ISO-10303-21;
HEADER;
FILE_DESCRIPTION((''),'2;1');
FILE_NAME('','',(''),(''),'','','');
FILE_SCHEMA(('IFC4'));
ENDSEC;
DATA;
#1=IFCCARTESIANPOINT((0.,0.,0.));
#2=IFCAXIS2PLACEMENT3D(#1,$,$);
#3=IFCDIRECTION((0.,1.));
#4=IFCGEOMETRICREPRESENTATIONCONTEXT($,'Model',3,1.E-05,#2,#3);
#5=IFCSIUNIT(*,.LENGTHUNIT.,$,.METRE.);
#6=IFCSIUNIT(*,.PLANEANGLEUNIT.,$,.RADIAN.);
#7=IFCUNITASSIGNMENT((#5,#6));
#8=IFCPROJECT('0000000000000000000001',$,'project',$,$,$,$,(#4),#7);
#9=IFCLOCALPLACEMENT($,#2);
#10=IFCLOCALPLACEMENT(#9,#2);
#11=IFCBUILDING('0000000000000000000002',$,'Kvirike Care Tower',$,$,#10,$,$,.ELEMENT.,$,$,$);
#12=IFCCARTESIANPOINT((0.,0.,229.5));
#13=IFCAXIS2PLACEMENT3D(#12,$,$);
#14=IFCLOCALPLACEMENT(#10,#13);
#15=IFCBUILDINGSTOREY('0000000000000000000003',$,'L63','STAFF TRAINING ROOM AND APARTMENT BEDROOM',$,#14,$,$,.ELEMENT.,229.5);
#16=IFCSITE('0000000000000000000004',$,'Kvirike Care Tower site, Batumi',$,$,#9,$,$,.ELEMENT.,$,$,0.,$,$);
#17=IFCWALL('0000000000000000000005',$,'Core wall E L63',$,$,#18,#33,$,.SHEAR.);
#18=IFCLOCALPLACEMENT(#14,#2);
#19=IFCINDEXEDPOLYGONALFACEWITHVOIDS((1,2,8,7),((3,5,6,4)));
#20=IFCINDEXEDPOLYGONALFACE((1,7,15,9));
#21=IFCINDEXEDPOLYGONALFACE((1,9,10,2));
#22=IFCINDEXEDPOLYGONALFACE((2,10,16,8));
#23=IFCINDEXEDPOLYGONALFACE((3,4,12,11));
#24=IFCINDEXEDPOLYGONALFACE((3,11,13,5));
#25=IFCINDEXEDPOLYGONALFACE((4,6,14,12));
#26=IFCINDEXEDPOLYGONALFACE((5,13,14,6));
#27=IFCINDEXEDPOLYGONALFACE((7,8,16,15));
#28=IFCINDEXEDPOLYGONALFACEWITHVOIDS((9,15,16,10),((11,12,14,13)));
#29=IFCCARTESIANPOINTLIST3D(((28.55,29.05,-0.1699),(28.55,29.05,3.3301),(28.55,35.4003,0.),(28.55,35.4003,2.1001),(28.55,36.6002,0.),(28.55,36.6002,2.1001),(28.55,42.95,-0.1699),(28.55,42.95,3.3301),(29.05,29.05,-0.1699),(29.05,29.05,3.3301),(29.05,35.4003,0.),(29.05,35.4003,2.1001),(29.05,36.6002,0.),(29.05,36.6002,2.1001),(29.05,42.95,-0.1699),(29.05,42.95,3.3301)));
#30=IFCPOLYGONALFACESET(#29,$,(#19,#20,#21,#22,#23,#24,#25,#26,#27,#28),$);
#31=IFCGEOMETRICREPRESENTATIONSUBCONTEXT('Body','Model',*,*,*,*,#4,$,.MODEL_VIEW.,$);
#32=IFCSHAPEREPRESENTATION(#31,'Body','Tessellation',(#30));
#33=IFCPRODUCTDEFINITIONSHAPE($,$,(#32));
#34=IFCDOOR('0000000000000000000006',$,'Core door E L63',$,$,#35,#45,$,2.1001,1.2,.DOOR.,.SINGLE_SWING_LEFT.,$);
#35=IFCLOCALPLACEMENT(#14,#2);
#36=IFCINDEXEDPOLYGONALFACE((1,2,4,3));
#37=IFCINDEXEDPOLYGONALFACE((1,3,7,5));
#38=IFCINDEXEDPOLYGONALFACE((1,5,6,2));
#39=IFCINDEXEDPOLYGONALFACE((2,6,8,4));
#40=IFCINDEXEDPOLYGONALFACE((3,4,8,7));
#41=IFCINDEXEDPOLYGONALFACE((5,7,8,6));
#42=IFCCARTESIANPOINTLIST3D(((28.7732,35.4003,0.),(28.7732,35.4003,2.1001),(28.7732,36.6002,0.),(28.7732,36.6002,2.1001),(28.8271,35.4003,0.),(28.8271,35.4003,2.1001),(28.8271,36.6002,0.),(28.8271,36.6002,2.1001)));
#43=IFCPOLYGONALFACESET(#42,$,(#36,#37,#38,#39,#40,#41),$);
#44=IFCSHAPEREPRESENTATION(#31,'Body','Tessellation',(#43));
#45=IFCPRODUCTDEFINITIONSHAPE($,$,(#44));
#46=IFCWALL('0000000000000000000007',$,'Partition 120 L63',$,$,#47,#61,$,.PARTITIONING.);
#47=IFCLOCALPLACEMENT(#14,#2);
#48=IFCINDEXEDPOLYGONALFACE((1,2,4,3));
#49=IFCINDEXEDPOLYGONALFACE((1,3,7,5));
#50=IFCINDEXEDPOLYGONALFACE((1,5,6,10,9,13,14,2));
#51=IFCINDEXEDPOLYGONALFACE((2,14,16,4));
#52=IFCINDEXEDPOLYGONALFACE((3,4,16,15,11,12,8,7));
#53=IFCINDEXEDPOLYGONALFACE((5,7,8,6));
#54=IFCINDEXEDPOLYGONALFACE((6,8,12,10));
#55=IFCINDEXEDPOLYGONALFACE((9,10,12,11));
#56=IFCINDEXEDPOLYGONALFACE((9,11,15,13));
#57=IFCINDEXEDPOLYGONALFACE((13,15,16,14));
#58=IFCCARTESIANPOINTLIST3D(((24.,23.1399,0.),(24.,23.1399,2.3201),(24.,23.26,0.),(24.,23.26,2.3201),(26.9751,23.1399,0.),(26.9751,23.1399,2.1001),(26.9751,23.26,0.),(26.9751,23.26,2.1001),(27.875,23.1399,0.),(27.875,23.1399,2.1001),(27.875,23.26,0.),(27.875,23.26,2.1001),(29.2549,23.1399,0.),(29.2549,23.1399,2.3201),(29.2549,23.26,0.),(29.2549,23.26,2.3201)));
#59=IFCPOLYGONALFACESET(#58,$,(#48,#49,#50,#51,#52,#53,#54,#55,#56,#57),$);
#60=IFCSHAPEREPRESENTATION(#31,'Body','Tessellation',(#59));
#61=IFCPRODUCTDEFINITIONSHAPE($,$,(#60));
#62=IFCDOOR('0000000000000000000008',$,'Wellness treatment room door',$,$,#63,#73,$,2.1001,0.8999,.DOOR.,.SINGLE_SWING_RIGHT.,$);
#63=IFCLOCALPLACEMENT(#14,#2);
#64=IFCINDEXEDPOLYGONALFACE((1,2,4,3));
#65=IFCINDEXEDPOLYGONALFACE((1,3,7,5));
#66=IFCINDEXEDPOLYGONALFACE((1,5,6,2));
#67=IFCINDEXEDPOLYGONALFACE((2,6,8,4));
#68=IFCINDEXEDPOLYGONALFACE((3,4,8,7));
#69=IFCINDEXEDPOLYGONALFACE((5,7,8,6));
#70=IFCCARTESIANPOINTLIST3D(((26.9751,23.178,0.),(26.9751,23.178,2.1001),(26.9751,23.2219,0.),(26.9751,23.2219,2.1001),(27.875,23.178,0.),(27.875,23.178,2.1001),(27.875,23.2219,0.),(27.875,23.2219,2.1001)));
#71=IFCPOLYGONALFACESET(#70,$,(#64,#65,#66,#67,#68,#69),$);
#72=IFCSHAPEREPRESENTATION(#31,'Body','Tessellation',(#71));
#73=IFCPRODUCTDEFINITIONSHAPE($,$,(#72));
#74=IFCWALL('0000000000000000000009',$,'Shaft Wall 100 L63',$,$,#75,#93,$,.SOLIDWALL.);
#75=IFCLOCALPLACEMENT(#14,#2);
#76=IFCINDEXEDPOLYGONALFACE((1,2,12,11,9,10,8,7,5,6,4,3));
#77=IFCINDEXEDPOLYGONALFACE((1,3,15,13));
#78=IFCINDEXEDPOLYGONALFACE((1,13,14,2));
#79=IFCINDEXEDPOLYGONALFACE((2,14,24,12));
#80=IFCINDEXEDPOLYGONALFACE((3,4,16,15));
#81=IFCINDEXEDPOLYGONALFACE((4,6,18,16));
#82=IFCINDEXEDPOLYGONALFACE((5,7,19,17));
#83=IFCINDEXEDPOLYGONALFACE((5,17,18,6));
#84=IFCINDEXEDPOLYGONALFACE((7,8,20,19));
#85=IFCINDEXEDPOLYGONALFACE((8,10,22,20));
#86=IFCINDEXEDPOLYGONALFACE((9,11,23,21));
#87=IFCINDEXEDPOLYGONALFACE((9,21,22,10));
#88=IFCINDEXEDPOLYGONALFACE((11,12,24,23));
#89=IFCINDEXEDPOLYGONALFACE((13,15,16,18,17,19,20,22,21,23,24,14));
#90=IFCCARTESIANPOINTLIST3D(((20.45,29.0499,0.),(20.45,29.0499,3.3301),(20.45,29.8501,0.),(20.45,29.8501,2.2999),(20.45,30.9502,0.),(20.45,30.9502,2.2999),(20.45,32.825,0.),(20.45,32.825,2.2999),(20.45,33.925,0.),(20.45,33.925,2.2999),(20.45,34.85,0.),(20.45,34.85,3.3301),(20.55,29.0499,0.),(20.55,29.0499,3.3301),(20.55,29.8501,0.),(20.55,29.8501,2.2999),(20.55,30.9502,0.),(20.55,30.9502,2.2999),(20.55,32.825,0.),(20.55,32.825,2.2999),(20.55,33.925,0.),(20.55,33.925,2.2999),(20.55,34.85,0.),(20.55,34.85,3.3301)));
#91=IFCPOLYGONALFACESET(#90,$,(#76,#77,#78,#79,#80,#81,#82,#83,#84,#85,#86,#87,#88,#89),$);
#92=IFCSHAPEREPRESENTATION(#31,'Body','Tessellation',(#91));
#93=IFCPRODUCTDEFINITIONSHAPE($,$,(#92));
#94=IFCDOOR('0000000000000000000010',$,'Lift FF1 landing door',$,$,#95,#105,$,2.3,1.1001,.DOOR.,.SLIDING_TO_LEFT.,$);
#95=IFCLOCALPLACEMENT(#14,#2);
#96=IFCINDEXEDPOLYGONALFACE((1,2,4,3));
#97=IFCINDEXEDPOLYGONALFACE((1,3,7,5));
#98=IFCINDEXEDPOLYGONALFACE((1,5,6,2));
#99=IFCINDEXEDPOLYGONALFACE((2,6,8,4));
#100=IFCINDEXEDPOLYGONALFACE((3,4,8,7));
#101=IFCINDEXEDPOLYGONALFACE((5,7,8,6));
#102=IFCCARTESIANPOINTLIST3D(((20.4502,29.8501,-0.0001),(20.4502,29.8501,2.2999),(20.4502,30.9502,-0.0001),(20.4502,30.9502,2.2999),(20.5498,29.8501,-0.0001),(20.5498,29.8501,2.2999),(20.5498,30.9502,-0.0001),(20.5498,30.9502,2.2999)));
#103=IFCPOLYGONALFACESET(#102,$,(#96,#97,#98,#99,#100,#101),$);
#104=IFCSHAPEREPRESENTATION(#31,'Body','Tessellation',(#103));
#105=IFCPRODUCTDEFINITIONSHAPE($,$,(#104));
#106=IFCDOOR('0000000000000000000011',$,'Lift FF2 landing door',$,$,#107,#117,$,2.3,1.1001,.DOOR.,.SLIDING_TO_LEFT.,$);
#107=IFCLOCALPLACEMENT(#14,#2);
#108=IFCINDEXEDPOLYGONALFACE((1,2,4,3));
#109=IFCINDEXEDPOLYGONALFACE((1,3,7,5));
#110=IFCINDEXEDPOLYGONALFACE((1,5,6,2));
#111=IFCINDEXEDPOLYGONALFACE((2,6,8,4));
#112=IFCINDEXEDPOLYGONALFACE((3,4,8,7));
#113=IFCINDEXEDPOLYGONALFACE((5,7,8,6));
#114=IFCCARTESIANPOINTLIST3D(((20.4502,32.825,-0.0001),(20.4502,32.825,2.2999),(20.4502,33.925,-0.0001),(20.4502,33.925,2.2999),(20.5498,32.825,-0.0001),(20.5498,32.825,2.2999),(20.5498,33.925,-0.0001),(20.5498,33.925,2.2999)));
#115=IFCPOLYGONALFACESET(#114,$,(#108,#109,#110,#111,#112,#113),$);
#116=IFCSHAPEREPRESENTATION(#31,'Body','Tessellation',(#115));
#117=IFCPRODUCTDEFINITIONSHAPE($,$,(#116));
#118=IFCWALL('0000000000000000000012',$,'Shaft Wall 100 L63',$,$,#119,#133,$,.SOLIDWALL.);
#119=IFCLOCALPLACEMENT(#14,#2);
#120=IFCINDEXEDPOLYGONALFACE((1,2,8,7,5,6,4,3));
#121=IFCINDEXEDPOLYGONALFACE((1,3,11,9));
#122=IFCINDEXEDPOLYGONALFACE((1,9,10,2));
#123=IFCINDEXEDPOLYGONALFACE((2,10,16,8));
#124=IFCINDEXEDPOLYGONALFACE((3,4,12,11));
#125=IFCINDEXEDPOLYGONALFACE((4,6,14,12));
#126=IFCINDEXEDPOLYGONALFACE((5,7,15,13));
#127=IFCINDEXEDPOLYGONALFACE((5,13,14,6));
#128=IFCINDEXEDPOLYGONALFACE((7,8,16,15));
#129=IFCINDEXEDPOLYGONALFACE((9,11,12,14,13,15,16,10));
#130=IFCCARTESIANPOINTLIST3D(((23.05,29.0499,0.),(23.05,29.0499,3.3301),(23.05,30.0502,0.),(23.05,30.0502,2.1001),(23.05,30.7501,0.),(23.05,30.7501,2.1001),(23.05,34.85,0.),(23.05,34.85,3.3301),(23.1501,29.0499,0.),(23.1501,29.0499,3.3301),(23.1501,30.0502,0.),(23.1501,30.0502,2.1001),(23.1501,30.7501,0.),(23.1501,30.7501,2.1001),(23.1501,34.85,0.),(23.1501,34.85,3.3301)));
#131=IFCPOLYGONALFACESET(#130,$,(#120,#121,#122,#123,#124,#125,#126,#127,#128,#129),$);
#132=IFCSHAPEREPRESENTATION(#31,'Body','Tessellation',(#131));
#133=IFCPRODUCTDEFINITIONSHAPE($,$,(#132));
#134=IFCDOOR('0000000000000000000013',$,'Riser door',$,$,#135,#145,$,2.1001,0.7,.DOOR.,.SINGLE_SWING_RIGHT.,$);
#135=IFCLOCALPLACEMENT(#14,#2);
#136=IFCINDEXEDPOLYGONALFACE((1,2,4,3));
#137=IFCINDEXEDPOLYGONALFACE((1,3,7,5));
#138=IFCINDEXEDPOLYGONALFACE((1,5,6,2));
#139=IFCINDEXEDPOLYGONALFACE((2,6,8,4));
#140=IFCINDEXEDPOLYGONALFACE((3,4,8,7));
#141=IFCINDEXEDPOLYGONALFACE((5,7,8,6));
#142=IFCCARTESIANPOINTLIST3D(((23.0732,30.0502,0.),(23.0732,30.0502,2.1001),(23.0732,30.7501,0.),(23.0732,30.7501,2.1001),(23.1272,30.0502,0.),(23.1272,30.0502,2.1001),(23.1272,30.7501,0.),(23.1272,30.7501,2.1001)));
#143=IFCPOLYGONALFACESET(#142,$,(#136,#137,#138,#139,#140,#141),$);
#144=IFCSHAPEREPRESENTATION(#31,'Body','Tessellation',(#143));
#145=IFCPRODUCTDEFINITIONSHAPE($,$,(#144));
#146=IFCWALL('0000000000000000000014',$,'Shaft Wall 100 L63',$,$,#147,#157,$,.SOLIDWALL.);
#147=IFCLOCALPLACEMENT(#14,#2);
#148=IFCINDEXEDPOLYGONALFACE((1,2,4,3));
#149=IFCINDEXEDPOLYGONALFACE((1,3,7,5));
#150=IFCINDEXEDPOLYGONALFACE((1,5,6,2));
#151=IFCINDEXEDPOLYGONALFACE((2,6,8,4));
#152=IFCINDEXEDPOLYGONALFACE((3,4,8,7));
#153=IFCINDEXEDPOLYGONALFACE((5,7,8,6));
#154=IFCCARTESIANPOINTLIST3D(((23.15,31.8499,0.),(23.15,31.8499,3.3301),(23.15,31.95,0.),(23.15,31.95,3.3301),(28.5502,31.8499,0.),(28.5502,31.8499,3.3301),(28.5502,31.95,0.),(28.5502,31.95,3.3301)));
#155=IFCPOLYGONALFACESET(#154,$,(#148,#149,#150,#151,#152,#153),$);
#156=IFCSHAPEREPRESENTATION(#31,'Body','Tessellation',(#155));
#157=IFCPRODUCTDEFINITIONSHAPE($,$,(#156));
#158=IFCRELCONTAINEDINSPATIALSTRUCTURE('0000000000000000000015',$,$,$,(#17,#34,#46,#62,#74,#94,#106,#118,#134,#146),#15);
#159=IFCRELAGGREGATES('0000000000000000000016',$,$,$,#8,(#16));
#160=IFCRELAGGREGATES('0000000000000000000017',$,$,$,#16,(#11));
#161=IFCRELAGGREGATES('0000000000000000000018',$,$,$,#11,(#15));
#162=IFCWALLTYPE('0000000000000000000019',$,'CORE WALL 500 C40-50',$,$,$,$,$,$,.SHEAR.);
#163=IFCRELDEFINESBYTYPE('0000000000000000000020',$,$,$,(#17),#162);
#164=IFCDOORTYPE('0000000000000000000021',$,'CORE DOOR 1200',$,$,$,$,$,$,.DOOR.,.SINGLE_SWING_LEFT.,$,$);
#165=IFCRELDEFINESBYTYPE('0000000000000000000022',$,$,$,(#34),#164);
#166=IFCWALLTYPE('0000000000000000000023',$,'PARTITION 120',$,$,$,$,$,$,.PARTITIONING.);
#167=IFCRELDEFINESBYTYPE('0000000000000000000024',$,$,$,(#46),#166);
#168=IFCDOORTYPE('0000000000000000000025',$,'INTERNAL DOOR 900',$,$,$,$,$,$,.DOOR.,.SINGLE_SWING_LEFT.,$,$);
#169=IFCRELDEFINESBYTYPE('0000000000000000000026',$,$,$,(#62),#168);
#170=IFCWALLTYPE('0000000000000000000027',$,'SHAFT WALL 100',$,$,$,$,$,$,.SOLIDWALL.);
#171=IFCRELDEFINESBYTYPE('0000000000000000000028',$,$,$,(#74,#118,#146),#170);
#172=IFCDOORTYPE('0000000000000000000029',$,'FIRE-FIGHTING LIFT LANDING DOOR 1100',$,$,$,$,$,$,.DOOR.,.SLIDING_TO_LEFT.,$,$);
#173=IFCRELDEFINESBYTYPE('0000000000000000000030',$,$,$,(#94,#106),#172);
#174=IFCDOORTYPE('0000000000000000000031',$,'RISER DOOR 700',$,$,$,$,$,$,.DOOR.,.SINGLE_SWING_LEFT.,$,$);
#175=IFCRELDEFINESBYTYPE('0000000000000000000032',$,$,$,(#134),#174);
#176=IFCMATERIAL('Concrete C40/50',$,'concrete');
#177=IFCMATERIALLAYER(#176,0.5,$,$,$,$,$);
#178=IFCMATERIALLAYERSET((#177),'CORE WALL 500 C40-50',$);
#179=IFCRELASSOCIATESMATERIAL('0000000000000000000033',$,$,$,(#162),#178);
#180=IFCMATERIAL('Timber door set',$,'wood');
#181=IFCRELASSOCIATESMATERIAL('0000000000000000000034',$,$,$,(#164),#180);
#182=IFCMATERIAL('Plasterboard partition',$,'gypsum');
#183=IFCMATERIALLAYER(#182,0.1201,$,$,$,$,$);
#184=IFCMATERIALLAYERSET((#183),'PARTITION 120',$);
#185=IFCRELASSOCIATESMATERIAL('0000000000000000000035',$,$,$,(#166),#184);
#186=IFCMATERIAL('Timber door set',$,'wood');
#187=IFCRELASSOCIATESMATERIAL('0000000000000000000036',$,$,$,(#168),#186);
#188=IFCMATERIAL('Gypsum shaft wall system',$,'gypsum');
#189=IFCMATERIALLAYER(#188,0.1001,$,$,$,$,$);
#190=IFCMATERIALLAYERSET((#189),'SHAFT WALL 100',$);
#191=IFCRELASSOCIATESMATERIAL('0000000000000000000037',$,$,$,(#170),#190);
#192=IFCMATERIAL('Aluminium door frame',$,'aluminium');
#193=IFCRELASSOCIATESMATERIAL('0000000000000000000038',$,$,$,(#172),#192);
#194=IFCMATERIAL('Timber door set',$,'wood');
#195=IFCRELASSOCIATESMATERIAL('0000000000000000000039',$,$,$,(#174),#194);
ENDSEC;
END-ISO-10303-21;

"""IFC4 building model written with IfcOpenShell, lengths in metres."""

from ifc_helpers import new_model, si_unit, direction, frame, frame_2d, origin, place, context, subcontext, project, spatial, rectangle, extrude, material, layer, layer_set, type_object, element, fill, save


model = new_model("IFC4")

# Units and contexts
model_context = context("Model", 3, precision=1e-05, world=origin(), true_north=direction((0.0, 1.0)))
body_context = subcontext(model_context, "Body", "Model", "MODEL_VIEW")
ifc_project = project(units=[si_unit("LENGTHUNIT", "METRE"), si_unit("PLANEANGLEUNIT", "RADIAN")], contexts=[model_context])

# Site, building, storey
site_placement = place(None, origin())
site = spatial("IfcSite", under=ifc_project, at=site_placement, Name="Kvirike Care Tower site, Batumi", CompositionType="ELEMENT", RefElevation=0.0)
building_placement = place(site_placement, origin())
building = spatial("IfcBuilding", under=site, at=building_placement, Name="Kvirike Care Tower", CompositionType="ELEMENT")
storey_placement = place(building_placement, frame((0.0, 0.0, 229.5)))
storey = spatial("IfcBuildingStorey", under=building, at=storey_placement, Name="L63", Description="STAFF TRAINING ROOM AND APARTMENT BEDROOM", CompositionType="ELEMENT", Elevation=229.5)

# Walls, openings, doors
ifc_material_1 = material(Name="Concrete C40/50", Category="concrete")
ifc_layer_1 = layer(ifc_material_1, 0.5)
ifc_layer_set_1 = layer_set([ifc_layer_1], Name="CORE WALL 500 C40-50")
wall_type_1 = type_object("IfcWallType", Name="CORE WALL 500 C40-50", PredefinedType="SHEAR", material=ifc_layer_set_1)
wall_1_placement = place(storey_placement, frame((28.8, 29.05, -0.1699), z_axis=(0.0, 0.0, 1.0), x_axis=(0.0, 1.0, 0.0)))
wall_1 = element("IfcWall", 1, at=wall_1_placement, inside=storey, type_object=wall_type_1, Name="Core wall E L63", PredefinedType="SHEAR", context=body_context, shape_type="SweptSolid", body=[
    extrude(rectangle(XDim=13.8999, YDim=0.5, at=frame_2d((6.95, 0.0))), origin(), (0.0, 0.0, 1.0), 3.5),
])
opening_1_placement = place(wall_1_placement, frame((6.3501, 0.0, 0.1699)))
opening_1 = element("IfcOpeningElement", 2, at=opening_1_placement, cuts=wall_1, PredefinedType="OPENING", context=body_context, shape_type="SweptSolid", body=[
    extrude(rectangle(XDim=1.2, YDim=2.1001, at=frame_2d((0.6001, 1.05))), frame((0.0, 0.2605, 0.0), z_axis=(0.0, -1.0, 0.0), x_axis=(1.0, 0.0, 0.0)), (0.0, 0.0, 1.0), 0.521),
])
ifc_material_2 = material(Name="Timber door set", Category="wood")
door_type_1 = type_object("IfcDoorType", Name="CORE DOOR 1200", OperationType="SINGLE_SWING_LEFT", PredefinedType="DOOR", material=ifc_material_2)
door_1_placement = place(opening_1_placement, origin())
door_1 = element("IfcDoor", 3, at=door_1_placement, inside=storey, type_object=door_type_1, Name="Core door E L63", OperationType="SINGLE_SWING_LEFT", OverallHeight=2.1001, OverallWidth=1.2, PredefinedType="DOOR", context=body_context, shape_type="SweptSolid", body=[
    extrude(rectangle(XDim=1.2, YDim=2.1001, at=frame_2d((0.6001, 1.05))), frame((0.0, 0.0269, 0.0), z_axis=(0.0, -1.0, 0.0), x_axis=(1.0, 0.0, 0.0)), (0.0, 0.0, 1.0), 0.054),
])
fill(opening_1, door_1)
ifc_material_3 = material(Name="Plasterboard partition", Category="gypsum")
ifc_layer_2 = layer(ifc_material_3, 0.1201)
ifc_layer_set_2 = layer_set([ifc_layer_2], Name="PARTITION 120")
wall_type_2 = type_object("IfcWallType", Name="PARTITION 120", PredefinedType="PARTITIONING", material=ifc_layer_set_2)
wall_2_placement = place(storey_placement, frame((24.0, 23.2, 0.0), z_axis=(0.0, 0.0, 1.0), x_axis=(1.0, 0.0, 0.0)))
wall_2 = element("IfcWall", 4, at=wall_2_placement, inside=storey, type_object=wall_type_2, Name="Partition 120 L63", PredefinedType="PARTITIONING", context=body_context, shape_type="SweptSolid", body=[
    extrude(rectangle(XDim=5.2549, YDim=0.1201, at=frame_2d((2.6274, 0.0))), origin(), (0.0, 0.0, 1.0), 2.3201),
])
opening_2_placement = place(wall_2_placement, frame((2.9751, 0.0, 0.0)))
opening_2 = element("IfcOpeningElement", 5, at=opening_2_placement, cuts=wall_2, PredefinedType="OPENING", context=body_context, shape_type="SweptSolid", body=[
    extrude(rectangle(XDim=0.8999, YDim=2.1001, at=frame_2d((0.45, 1.05))), frame((0.0, 0.0706, 0.0), z_axis=(0.0, -1.0, 0.0), x_axis=(1.0, 0.0, 0.0)), (0.0, 0.0, 1.0), 0.1411),
])
ifc_material_4 = material(Name="Timber door set", Category="wood")
door_type_2 = type_object("IfcDoorType", Name="INTERNAL DOOR 900", OperationType="SINGLE_SWING_LEFT", PredefinedType="DOOR", material=ifc_material_4)
door_2_placement = place(opening_2_placement, origin())
door_2 = element("IfcDoor", 6, at=door_2_placement, inside=storey, type_object=door_type_2, Name="Wellness treatment room door", OperationType="SINGLE_SWING_RIGHT", OverallHeight=2.1001, OverallWidth=0.8999, PredefinedType="DOOR", context=body_context, shape_type="SweptSolid", body=[
    extrude(rectangle(XDim=0.8999, YDim=2.1001, at=frame_2d((0.45, 1.05))), frame((0.0, 0.022, 0.0), z_axis=(0.0, -1.0, 0.0), x_axis=(1.0, 0.0, 0.0)), (0.0, 0.0, 1.0), 0.0439),
])
fill(opening_2, door_2)

# Wall, openings, doors
ifc_material_5 = material(Name="Gypsum shaft wall system", Category="gypsum")
ifc_layer_3 = layer(ifc_material_5, 0.1001)
ifc_layer_set_3 = layer_set([ifc_layer_3], Name="SHAFT WALL 100")
wall_type_3 = type_object("IfcWallType", Name="SHAFT WALL 100", PredefinedType="SOLIDWALL", material=ifc_layer_set_3)
wall_3_placement = place(storey_placement, frame((20.5, 29.05, 0.0), z_axis=(0.0, 0.0, 1.0), x_axis=(0.0, 1.0, 0.0)))
wall_3 = element("IfcWall", 7, at=wall_3_placement, inside=storey, type_object=wall_type_3, Name="Shaft Wall 100 L63", PredefinedType="SOLIDWALL", context=body_context, shape_type="SweptSolid", body=[
    extrude(rectangle(XDim=5.8, YDim=0.1001, at=frame_2d((2.8999, 0.0))), origin(), (0.0, 0.0, 1.0), 3.3301),
])
opening_3_placement = place(wall_3_placement, frame((0.8, 0.0, 0.0)))
opening_3 = element("IfcOpeningElement", 8, at=opening_3_placement, cuts=wall_3, PredefinedType="OPENING", context=body_context, shape_type="SweptSolid", body=[
    extrude(rectangle(XDim=1.1001, YDim=2.3, at=frame_2d((0.55, 1.1499))), frame((0.0, 0.0605, 0.0), z_axis=(0.0, -1.0, 0.0), x_axis=(1.0, 0.0, 0.0)), (0.0, 0.0, 1.0), 0.1211),
])
opening_4_placement = place(wall_3_placement, frame((3.7749, 0.0, 0.0)))
opening_4 = element("IfcOpeningElement", 9, at=opening_4_placement, cuts=wall_3, PredefinedType="OPENING", context=body_context, shape_type="SweptSolid", body=[
    extrude(rectangle(XDim=1.1001, YDim=2.3, at=frame_2d((0.55, 1.1499))), frame((0.0, 0.0605, 0.0), z_axis=(0.0, -1.0, 0.0), x_axis=(1.0, 0.0, 0.0)), (0.0, 0.0, 1.0), 0.1211),
])
ifc_material_6 = material(Name="Aluminium door frame", Category="aluminium")
door_type_3 = type_object("IfcDoorType", Name="FIRE-FIGHTING LIFT LANDING DOOR 1100", OperationType="SLIDING_TO_LEFT", PredefinedType="DOOR", material=ifc_material_6)
door_3_placement = place(opening_3_placement, origin())
door_3 = element("IfcDoor", 10, at=door_3_placement, inside=storey, type_object=door_type_3, Name="Lift FF1 landing door", OperationType="SLIDING_TO_LEFT", OverallHeight=2.3, OverallWidth=1.1001, PredefinedType="DOOR", context=body_context, shape_type="SweptSolid", body=[
    extrude(rectangle(XDim=1.1001, YDim=2.3, at=frame_2d((0.55, 1.1499))), frame((0.0, 0.0498, 0.0), z_axis=(0.0, -1.0, 0.0), x_axis=(1.0, 0.0, 0.0)), (0.0, 0.0, 1.0), 0.0996),
])
fill(opening_3, door_3)
door_4_placement = place(opening_4_placement, origin())
door_4 = element("IfcDoor", 11, at=door_4_placement, inside=storey, type_object=door_type_3, Name="Lift FF2 landing door", OperationType="SLIDING_TO_LEFT", OverallHeight=2.3, OverallWidth=1.1001, PredefinedType="DOOR", context=body_context, shape_type="SweptSolid", body=[
    extrude(rectangle(XDim=1.1001, YDim=2.3, at=frame_2d((0.55, 1.1499))), frame((0.0, 0.0498, 0.0), z_axis=(0.0, -1.0, 0.0), x_axis=(1.0, 0.0, 0.0)), (0.0, 0.0, 1.0), 0.0996),
])
fill(opening_4, door_4)

# Wall, opening, door
wall_4_placement = place(storey_placement, frame((23.1001, 29.05, 0.0), z_axis=(0.0, 0.0, 1.0), x_axis=(0.0, 1.0, 0.0)))
wall_4 = element("IfcWall", 12, at=wall_4_placement, inside=storey, type_object=wall_type_3, Name="Shaft Wall 100 L63", PredefinedType="SOLIDWALL", context=body_context, shape_type="SweptSolid", body=[
    extrude(rectangle(XDim=5.8, YDim=0.1001, at=frame_2d((2.8999, 0.0))), origin(), (0.0, 0.0, 1.0), 3.3301),
])
opening_5_placement = place(wall_4_placement, frame((1.0, 0.0, 0.0)))
opening_5 = element("IfcOpeningElement", 13, at=opening_5_placement, cuts=wall_4, PredefinedType="OPENING", context=body_context, shape_type="SweptSolid", body=[
    extrude(rectangle(XDim=0.7, YDim=2.1001, at=frame_2d((0.3501, 1.05))), frame((0.0, 0.0605, 0.0), z_axis=(0.0, -1.0, 0.0), x_axis=(1.0, 0.0, 0.0)), (0.0, 0.0, 1.0), 0.1211),
])
ifc_material_7 = material(Name="Timber door set", Category="wood")
door_type_4 = type_object("IfcDoorType", Name="RISER DOOR 700", OperationType="SINGLE_SWING_LEFT", PredefinedType="DOOR", material=ifc_material_7)
door_5_placement = place(opening_5_placement, origin())
door_5 = element("IfcDoor", 14, at=door_5_placement, inside=storey, type_object=door_type_4, Name="Riser door", OperationType="SINGLE_SWING_RIGHT", OverallHeight=2.1001, OverallWidth=0.7, PredefinedType="DOOR", context=body_context, shape_type="SweptSolid", body=[
    extrude(rectangle(XDim=0.7, YDim=2.1001, at=frame_2d((0.3501, 1.05))), frame((0.0, 0.0269, 0.0), z_axis=(0.0, -1.0, 0.0), x_axis=(1.0, 0.0, 0.0)), (0.0, 0.0, 1.0), 0.054),
])
fill(opening_5, door_5)

# Wall
wall_5_placement = place(storey_placement, frame((23.1499, 31.8999, 0.0), z_axis=(0.0, 0.0, 1.0), x_axis=(1.0, 0.0, 0.0)))
element("IfcWall", 15, at=wall_5_placement, inside=storey, type_object=wall_type_3, Name="Shaft Wall 100 L63", PredefinedType="SOLIDWALL", context=body_context, shape_type="SweptSolid", body=[
    extrude(rectangle(XDim=5.4001, YDim=0.1001, at=frame_2d((2.7002, 0.0))), origin(), (0.0, 0.0, 1.0), 3.3301),
])

save(model, "model.ifc")
